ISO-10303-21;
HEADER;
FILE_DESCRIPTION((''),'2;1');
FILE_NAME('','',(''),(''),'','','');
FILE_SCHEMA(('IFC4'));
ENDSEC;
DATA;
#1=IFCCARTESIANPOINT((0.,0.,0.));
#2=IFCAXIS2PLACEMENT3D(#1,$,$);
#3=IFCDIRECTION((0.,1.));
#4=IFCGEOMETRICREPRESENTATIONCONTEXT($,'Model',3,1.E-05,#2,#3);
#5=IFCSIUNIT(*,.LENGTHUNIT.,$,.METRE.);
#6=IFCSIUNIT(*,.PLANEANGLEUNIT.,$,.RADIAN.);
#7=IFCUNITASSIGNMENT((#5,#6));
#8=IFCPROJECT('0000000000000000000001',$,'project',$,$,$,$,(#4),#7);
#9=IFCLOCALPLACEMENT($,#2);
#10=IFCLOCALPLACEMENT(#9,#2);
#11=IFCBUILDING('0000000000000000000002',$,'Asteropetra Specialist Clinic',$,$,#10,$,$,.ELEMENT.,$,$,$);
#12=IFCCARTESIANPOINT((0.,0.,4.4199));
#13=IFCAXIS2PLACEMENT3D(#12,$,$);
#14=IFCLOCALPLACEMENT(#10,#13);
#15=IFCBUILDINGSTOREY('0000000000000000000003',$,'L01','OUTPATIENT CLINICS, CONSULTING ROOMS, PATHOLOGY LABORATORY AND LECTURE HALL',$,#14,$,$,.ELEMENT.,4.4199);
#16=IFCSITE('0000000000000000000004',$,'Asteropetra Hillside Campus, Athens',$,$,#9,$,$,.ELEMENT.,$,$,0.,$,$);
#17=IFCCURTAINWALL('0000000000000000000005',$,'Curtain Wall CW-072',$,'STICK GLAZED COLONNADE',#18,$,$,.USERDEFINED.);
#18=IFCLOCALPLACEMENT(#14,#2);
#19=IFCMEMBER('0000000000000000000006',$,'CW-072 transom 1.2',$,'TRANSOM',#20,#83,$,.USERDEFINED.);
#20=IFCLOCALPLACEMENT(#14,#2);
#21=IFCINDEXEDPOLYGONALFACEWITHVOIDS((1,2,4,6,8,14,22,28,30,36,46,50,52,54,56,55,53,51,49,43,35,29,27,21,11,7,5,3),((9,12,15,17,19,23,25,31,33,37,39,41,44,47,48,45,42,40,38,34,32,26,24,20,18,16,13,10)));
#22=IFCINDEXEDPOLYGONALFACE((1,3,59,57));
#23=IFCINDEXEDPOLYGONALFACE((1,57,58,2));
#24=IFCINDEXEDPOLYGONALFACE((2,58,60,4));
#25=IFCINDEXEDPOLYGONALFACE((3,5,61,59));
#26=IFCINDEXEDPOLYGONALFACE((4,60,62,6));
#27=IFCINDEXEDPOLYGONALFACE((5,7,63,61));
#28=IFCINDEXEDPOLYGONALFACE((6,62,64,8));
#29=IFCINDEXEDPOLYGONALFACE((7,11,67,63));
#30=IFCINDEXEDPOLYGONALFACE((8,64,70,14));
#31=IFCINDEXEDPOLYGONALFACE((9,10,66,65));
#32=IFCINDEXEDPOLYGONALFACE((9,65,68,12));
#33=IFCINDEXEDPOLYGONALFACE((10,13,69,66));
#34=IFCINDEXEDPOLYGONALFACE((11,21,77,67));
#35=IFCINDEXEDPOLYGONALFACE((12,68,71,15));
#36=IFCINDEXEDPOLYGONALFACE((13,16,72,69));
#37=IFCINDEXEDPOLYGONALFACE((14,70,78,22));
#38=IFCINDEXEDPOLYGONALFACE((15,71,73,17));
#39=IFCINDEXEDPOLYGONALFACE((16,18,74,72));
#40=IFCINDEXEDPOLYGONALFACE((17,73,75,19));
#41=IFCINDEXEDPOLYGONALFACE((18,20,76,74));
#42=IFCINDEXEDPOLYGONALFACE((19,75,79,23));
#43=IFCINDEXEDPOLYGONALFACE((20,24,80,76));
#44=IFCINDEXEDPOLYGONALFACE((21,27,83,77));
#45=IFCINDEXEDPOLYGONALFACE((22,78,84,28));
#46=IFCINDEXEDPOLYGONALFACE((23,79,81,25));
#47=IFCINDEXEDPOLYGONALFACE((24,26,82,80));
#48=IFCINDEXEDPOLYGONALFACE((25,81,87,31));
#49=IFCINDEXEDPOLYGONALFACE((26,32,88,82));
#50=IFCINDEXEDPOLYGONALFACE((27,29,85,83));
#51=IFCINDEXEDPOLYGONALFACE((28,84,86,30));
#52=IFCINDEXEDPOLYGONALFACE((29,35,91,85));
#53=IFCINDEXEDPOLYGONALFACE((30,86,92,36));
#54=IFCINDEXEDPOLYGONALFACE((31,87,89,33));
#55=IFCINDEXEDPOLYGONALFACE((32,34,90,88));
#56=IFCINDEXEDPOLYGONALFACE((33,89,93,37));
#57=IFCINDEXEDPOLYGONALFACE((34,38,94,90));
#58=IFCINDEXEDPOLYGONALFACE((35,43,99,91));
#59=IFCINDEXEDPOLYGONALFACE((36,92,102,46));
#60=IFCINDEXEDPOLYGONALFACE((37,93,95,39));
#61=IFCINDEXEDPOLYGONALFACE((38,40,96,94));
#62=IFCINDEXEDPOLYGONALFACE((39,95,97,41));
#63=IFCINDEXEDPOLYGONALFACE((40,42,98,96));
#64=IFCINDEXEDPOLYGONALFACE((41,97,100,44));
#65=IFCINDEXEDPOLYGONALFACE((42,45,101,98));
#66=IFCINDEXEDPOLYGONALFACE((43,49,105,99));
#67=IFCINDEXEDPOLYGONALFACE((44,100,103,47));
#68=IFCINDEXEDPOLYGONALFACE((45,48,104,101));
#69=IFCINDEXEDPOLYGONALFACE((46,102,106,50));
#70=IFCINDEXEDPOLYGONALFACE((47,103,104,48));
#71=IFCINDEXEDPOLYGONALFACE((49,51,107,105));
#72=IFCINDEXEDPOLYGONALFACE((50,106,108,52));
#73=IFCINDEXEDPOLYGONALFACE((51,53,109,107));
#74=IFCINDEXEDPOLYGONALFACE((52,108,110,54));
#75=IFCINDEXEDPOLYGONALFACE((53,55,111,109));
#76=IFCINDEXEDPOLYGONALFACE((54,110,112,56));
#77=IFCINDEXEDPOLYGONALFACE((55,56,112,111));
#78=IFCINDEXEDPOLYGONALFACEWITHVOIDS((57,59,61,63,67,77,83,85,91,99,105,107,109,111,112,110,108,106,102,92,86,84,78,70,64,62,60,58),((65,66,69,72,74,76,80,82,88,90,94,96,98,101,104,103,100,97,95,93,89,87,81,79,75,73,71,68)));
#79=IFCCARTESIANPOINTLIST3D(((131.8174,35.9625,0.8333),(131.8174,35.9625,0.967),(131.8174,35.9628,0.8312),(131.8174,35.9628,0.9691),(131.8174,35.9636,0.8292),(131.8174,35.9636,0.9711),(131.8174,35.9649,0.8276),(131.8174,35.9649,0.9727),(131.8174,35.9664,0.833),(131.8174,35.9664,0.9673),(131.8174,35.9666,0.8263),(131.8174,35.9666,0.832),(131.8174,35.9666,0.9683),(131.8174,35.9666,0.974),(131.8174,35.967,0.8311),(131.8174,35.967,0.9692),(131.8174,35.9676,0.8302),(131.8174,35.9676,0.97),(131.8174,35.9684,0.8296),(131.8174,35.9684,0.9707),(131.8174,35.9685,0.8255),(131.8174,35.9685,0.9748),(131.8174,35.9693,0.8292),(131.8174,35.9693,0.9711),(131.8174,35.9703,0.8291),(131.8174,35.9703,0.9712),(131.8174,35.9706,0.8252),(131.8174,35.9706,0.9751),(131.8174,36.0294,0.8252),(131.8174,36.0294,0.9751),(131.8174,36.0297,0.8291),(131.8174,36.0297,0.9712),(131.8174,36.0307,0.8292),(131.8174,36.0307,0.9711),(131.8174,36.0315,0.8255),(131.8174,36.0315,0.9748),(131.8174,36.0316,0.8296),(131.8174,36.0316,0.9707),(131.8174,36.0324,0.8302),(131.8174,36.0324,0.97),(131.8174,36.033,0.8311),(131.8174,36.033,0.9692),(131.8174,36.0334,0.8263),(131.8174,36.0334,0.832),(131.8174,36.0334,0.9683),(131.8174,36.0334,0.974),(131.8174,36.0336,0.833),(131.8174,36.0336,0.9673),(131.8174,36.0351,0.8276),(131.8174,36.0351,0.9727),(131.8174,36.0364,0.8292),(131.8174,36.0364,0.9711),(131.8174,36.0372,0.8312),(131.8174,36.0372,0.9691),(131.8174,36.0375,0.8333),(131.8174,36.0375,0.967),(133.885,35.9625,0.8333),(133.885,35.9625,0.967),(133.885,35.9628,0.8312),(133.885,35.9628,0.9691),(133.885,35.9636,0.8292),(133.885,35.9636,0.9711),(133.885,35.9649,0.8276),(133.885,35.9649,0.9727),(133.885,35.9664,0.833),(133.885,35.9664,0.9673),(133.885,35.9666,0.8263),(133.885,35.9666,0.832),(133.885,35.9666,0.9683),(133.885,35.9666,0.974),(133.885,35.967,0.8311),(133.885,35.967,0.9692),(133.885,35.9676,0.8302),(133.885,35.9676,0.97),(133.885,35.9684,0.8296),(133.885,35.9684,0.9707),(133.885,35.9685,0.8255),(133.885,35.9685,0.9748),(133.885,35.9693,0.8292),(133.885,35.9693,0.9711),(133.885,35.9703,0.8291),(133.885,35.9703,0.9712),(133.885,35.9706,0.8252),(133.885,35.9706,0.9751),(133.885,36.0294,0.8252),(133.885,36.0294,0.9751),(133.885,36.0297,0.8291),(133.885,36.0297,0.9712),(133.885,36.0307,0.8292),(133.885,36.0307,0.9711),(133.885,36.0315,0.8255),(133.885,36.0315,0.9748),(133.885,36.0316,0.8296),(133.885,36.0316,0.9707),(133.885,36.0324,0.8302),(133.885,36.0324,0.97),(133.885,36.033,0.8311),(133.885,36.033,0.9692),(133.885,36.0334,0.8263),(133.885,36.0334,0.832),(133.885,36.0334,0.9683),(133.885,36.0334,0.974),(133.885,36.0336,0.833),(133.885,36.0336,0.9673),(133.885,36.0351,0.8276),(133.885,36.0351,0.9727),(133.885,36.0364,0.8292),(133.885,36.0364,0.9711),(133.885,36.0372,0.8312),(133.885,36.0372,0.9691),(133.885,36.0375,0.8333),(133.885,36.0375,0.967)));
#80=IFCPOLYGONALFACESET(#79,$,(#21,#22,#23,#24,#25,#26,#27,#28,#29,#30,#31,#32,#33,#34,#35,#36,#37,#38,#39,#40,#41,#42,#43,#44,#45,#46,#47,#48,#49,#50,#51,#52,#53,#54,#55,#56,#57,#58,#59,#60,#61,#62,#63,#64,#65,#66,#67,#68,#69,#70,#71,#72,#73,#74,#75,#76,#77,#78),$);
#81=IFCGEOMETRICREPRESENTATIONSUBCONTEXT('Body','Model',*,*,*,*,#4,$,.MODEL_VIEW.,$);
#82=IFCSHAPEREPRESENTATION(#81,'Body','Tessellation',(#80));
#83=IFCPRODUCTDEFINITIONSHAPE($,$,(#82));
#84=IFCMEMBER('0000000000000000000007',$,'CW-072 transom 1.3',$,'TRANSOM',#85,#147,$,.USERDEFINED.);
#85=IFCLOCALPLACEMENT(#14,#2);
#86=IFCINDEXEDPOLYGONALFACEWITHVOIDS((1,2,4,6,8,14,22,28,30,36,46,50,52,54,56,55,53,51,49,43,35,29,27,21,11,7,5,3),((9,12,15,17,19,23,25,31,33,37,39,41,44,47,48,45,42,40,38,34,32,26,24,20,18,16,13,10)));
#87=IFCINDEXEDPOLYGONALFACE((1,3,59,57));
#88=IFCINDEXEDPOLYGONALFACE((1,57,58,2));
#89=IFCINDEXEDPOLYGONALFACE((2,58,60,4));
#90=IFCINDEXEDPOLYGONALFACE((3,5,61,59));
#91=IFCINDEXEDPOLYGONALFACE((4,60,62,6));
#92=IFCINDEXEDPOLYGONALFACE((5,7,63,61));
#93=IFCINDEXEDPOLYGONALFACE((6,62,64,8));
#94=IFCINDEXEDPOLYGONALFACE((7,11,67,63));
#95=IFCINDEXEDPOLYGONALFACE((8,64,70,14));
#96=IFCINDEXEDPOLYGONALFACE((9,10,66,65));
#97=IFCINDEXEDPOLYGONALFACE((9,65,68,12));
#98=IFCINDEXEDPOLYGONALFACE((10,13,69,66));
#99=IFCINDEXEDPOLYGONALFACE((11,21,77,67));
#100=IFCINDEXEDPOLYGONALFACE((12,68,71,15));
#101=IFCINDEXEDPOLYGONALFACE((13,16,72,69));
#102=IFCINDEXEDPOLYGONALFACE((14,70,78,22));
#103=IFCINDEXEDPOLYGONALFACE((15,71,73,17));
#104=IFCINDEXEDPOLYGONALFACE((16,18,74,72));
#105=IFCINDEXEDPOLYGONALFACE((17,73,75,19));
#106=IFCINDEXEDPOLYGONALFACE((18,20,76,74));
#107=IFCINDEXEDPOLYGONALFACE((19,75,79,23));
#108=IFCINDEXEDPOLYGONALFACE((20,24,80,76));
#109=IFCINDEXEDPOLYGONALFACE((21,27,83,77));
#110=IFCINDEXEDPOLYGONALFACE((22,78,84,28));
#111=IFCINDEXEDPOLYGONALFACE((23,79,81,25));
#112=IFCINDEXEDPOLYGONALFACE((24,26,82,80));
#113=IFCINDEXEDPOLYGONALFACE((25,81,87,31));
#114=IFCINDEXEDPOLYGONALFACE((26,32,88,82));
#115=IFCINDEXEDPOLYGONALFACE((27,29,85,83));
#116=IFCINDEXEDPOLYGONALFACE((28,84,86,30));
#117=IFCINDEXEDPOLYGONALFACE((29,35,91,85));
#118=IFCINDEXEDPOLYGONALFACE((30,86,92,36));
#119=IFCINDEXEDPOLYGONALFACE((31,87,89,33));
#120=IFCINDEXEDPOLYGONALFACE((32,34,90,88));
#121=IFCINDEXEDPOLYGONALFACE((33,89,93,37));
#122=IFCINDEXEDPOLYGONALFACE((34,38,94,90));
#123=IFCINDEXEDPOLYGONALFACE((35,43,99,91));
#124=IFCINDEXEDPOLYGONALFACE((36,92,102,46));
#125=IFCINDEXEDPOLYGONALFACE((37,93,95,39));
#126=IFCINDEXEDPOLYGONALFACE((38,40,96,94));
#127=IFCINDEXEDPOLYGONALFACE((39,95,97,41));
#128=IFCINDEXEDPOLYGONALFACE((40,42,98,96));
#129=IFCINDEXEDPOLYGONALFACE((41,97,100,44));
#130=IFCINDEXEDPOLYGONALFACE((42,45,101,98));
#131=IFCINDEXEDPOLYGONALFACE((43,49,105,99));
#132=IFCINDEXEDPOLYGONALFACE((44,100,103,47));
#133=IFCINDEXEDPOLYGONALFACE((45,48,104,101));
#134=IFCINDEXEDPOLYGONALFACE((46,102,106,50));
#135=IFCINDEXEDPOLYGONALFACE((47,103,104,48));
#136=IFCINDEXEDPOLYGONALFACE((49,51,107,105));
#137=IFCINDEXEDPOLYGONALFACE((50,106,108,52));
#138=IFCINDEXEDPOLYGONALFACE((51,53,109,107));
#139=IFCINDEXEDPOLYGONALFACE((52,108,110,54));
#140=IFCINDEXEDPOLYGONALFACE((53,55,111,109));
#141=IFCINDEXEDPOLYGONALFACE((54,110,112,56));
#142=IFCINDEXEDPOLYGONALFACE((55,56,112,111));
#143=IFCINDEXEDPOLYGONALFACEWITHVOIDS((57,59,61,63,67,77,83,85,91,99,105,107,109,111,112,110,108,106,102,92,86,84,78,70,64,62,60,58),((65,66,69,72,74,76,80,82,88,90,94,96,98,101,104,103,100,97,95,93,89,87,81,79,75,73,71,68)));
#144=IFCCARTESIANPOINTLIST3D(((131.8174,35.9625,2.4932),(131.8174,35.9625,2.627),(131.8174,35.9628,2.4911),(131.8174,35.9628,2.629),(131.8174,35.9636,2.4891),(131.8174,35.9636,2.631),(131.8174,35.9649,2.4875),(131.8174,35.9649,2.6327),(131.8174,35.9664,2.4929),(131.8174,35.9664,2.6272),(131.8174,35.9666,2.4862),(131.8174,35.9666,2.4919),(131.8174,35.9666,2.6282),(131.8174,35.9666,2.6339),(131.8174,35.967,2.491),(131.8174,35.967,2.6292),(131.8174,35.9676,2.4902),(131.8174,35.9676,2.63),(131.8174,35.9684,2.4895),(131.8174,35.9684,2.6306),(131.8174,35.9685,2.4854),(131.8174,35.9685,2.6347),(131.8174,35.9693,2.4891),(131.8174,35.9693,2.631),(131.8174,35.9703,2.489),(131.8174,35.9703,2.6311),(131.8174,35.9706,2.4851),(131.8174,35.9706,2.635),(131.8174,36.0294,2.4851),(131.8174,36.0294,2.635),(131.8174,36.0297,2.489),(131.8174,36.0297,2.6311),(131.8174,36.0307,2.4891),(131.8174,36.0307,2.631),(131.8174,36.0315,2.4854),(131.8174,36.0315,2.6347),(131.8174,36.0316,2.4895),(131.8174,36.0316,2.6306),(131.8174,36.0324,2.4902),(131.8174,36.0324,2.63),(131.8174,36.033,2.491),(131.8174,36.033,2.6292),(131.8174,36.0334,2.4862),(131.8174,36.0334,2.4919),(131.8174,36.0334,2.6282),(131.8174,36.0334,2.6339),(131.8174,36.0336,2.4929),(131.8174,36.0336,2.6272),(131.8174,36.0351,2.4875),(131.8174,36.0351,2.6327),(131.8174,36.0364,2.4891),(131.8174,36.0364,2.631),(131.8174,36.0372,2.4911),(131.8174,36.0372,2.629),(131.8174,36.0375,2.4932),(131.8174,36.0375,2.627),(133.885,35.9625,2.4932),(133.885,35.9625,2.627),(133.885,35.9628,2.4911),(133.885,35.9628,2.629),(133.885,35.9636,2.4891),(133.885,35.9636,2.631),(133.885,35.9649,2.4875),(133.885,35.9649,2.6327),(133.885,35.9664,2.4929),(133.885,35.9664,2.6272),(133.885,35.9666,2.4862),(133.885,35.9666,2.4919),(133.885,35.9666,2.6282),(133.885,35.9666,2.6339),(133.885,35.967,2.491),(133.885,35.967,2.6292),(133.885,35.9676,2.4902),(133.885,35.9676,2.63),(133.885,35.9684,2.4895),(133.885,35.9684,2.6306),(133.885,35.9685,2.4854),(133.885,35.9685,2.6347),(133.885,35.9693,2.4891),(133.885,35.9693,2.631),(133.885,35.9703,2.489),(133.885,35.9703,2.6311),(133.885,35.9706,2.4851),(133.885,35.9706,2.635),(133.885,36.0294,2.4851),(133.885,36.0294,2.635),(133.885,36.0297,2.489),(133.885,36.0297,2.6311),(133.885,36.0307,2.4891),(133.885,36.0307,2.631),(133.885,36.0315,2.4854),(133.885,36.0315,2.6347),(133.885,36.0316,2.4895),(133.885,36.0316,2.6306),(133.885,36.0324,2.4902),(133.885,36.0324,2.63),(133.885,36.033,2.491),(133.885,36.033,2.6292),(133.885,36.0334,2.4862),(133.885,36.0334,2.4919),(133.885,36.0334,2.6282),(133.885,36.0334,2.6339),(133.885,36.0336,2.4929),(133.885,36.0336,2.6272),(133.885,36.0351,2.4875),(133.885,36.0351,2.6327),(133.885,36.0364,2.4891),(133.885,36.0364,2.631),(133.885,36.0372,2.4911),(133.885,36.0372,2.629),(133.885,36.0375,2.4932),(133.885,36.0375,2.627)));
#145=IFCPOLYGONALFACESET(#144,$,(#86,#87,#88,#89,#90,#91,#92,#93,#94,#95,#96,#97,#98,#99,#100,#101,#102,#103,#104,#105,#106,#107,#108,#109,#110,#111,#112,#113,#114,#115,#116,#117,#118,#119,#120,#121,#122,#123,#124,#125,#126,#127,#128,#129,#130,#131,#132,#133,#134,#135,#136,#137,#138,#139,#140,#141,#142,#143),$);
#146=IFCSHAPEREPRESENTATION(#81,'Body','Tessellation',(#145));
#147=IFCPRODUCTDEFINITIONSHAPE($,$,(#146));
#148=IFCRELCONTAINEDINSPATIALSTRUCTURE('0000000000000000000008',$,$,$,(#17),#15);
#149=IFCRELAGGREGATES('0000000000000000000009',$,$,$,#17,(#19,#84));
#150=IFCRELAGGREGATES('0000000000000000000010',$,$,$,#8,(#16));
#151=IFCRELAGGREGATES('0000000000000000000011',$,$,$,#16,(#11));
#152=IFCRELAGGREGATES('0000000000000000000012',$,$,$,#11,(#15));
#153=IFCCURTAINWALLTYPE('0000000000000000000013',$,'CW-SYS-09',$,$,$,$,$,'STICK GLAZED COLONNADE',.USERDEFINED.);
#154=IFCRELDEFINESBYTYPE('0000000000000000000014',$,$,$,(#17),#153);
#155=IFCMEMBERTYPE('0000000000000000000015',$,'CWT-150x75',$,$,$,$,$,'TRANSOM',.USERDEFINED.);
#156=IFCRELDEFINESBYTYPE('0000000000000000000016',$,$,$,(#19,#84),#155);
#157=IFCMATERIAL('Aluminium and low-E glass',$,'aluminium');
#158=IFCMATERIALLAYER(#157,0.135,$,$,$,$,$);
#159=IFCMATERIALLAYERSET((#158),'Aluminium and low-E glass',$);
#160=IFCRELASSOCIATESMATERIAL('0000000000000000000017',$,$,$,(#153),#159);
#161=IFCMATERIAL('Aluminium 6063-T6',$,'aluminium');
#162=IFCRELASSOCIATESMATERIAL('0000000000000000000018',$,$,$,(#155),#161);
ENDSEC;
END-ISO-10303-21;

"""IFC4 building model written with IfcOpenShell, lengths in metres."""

from ifc_helpers import new_model, si_unit, direction, frame, origin, origin_2d, place, context, subcontext, project, spatial, hollow_rectangle, extrude, material, layer, layer_set, material_profile, profile_set, type_object, element, aggregate, save


model = new_model("IFC4")

# Units and contexts
model_context = context("Model", 3, precision=1e-05, world=origin(), true_north=direction((0.0, 1.0)))
body_context = subcontext(model_context, "Body", "Model", "MODEL_VIEW")
ifc_project = project(units=[si_unit("LENGTHUNIT", "METRE"), si_unit("PLANEANGLEUNIT", "RADIAN")], contexts=[model_context])

# Site, building, storey
site_placement = place(None, origin())
site = spatial("IfcSite", under=ifc_project, at=site_placement, Name="Asteropetra Hillside Campus, Athens", CompositionType="ELEMENT", RefElevation=0.0)
building_placement = place(site_placement, origin())
building = spatial("IfcBuilding", under=site, at=building_placement, Name="Asteropetra Specialist Clinic", CompositionType="ELEMENT")
storey_placement = place(building_placement, frame((0.0, 0.0, 4.4199)))
storey = spatial("IfcBuildingStorey", under=building, at=storey_placement, Name="L01", Description="OUTPATIENT CLINICS, CONSULTING ROOMS, PATHOLOGY LABORATORY AND LECTURE HALL", CompositionType="ELEMENT", Elevation=4.4199)

# Curtain wall, members
ifc_material_1 = material(Name="Aluminium and low-E glass", Category="aluminium")
ifc_layer_1 = layer(ifc_material_1, 0.135)
ifc_layer_set_1 = layer_set([ifc_layer_1], Name="Aluminium and low-E glass")
curtain_wall_type = type_object("IfcCurtainWallType", Name="CW-SYS-09", ElementType="STICK GLAZED COLONNADE", PredefinedType="USERDEFINED", material=ifc_layer_set_1)
curtain_wall_placement = place(storey_placement, origin())
curtain_wall = element("IfcCurtainWall", 1, at=curtain_wall_placement, inside=storey, type_object=curtain_wall_type, Name="Curtain Wall CW-072", ObjectType="STICK GLAZED COLONNADE", PredefinedType="USERDEFINED")
ifc_material_2 = material(Name="Aluminium 6063-T6", Category="aluminium")
ifc_material_profile_1 = material_profile(ifc_material_2, hollow_rectangle(XDim=0.075, YDim=0.1499, WallThickness=0.0039, InnerFilletRadius=0.0039, OuterFilletRadius=0.0081, at=origin_2d()), Name="TRN 150x75x4.0")
ifc_profile_set_1 = profile_set([ifc_material_profile_1], Name="Aluminium 6063-T6")
member_type_1 = type_object("IfcMemberType", Name="CWT-150x75", ElementType="TRANSOM", PredefinedType="USERDEFINED", material=ifc_profile_set_1)
member_1_placement = place(storey_placement, frame((133.885, 36.0, 0.9001), z_axis=(-1.0, 0.0, 0.0), x_axis=(0.0, -1.0, 0.0)))
member_1 = element("IfcMember", 2, at=member_1_placement, type_object=member_type_1, Name="CW-072 transom 1.2", ObjectType="TRANSOM", PredefinedType="USERDEFINED", context=body_context, shape_type="SweptSolid", body=[
    extrude(hollow_rectangle(XDim=0.075, YDim=0.1499, WallThickness=0.0039, InnerFilletRadius=0.0039, OuterFilletRadius=0.0081, at=origin_2d()), origin(), (0.0, 0.0, 1.0), 2.0676),
])
member_2_placement = place(storey_placement, frame((133.885, 36.0, 2.5601), z_axis=(-1.0, 0.0, 0.0), x_axis=(0.0, -1.0, 0.0)))
member_2 = element("IfcMember", 3, at=member_2_placement, type_object=member_type_1, Name="CW-072 transom 1.3", ObjectType="TRANSOM", PredefinedType="USERDEFINED", context=body_context, shape_type="SweptSolid", body=[
    extrude(hollow_rectangle(XDim=0.075, YDim=0.1499, WallThickness=0.0039, InnerFilletRadius=0.0039, OuterFilletRadius=0.0081, at=origin_2d()), origin(), (0.0, 0.0, 1.0), 2.0676),
])
aggregate(curtain_wall, [member_1, member_2])

save(model, "model.ifc")
